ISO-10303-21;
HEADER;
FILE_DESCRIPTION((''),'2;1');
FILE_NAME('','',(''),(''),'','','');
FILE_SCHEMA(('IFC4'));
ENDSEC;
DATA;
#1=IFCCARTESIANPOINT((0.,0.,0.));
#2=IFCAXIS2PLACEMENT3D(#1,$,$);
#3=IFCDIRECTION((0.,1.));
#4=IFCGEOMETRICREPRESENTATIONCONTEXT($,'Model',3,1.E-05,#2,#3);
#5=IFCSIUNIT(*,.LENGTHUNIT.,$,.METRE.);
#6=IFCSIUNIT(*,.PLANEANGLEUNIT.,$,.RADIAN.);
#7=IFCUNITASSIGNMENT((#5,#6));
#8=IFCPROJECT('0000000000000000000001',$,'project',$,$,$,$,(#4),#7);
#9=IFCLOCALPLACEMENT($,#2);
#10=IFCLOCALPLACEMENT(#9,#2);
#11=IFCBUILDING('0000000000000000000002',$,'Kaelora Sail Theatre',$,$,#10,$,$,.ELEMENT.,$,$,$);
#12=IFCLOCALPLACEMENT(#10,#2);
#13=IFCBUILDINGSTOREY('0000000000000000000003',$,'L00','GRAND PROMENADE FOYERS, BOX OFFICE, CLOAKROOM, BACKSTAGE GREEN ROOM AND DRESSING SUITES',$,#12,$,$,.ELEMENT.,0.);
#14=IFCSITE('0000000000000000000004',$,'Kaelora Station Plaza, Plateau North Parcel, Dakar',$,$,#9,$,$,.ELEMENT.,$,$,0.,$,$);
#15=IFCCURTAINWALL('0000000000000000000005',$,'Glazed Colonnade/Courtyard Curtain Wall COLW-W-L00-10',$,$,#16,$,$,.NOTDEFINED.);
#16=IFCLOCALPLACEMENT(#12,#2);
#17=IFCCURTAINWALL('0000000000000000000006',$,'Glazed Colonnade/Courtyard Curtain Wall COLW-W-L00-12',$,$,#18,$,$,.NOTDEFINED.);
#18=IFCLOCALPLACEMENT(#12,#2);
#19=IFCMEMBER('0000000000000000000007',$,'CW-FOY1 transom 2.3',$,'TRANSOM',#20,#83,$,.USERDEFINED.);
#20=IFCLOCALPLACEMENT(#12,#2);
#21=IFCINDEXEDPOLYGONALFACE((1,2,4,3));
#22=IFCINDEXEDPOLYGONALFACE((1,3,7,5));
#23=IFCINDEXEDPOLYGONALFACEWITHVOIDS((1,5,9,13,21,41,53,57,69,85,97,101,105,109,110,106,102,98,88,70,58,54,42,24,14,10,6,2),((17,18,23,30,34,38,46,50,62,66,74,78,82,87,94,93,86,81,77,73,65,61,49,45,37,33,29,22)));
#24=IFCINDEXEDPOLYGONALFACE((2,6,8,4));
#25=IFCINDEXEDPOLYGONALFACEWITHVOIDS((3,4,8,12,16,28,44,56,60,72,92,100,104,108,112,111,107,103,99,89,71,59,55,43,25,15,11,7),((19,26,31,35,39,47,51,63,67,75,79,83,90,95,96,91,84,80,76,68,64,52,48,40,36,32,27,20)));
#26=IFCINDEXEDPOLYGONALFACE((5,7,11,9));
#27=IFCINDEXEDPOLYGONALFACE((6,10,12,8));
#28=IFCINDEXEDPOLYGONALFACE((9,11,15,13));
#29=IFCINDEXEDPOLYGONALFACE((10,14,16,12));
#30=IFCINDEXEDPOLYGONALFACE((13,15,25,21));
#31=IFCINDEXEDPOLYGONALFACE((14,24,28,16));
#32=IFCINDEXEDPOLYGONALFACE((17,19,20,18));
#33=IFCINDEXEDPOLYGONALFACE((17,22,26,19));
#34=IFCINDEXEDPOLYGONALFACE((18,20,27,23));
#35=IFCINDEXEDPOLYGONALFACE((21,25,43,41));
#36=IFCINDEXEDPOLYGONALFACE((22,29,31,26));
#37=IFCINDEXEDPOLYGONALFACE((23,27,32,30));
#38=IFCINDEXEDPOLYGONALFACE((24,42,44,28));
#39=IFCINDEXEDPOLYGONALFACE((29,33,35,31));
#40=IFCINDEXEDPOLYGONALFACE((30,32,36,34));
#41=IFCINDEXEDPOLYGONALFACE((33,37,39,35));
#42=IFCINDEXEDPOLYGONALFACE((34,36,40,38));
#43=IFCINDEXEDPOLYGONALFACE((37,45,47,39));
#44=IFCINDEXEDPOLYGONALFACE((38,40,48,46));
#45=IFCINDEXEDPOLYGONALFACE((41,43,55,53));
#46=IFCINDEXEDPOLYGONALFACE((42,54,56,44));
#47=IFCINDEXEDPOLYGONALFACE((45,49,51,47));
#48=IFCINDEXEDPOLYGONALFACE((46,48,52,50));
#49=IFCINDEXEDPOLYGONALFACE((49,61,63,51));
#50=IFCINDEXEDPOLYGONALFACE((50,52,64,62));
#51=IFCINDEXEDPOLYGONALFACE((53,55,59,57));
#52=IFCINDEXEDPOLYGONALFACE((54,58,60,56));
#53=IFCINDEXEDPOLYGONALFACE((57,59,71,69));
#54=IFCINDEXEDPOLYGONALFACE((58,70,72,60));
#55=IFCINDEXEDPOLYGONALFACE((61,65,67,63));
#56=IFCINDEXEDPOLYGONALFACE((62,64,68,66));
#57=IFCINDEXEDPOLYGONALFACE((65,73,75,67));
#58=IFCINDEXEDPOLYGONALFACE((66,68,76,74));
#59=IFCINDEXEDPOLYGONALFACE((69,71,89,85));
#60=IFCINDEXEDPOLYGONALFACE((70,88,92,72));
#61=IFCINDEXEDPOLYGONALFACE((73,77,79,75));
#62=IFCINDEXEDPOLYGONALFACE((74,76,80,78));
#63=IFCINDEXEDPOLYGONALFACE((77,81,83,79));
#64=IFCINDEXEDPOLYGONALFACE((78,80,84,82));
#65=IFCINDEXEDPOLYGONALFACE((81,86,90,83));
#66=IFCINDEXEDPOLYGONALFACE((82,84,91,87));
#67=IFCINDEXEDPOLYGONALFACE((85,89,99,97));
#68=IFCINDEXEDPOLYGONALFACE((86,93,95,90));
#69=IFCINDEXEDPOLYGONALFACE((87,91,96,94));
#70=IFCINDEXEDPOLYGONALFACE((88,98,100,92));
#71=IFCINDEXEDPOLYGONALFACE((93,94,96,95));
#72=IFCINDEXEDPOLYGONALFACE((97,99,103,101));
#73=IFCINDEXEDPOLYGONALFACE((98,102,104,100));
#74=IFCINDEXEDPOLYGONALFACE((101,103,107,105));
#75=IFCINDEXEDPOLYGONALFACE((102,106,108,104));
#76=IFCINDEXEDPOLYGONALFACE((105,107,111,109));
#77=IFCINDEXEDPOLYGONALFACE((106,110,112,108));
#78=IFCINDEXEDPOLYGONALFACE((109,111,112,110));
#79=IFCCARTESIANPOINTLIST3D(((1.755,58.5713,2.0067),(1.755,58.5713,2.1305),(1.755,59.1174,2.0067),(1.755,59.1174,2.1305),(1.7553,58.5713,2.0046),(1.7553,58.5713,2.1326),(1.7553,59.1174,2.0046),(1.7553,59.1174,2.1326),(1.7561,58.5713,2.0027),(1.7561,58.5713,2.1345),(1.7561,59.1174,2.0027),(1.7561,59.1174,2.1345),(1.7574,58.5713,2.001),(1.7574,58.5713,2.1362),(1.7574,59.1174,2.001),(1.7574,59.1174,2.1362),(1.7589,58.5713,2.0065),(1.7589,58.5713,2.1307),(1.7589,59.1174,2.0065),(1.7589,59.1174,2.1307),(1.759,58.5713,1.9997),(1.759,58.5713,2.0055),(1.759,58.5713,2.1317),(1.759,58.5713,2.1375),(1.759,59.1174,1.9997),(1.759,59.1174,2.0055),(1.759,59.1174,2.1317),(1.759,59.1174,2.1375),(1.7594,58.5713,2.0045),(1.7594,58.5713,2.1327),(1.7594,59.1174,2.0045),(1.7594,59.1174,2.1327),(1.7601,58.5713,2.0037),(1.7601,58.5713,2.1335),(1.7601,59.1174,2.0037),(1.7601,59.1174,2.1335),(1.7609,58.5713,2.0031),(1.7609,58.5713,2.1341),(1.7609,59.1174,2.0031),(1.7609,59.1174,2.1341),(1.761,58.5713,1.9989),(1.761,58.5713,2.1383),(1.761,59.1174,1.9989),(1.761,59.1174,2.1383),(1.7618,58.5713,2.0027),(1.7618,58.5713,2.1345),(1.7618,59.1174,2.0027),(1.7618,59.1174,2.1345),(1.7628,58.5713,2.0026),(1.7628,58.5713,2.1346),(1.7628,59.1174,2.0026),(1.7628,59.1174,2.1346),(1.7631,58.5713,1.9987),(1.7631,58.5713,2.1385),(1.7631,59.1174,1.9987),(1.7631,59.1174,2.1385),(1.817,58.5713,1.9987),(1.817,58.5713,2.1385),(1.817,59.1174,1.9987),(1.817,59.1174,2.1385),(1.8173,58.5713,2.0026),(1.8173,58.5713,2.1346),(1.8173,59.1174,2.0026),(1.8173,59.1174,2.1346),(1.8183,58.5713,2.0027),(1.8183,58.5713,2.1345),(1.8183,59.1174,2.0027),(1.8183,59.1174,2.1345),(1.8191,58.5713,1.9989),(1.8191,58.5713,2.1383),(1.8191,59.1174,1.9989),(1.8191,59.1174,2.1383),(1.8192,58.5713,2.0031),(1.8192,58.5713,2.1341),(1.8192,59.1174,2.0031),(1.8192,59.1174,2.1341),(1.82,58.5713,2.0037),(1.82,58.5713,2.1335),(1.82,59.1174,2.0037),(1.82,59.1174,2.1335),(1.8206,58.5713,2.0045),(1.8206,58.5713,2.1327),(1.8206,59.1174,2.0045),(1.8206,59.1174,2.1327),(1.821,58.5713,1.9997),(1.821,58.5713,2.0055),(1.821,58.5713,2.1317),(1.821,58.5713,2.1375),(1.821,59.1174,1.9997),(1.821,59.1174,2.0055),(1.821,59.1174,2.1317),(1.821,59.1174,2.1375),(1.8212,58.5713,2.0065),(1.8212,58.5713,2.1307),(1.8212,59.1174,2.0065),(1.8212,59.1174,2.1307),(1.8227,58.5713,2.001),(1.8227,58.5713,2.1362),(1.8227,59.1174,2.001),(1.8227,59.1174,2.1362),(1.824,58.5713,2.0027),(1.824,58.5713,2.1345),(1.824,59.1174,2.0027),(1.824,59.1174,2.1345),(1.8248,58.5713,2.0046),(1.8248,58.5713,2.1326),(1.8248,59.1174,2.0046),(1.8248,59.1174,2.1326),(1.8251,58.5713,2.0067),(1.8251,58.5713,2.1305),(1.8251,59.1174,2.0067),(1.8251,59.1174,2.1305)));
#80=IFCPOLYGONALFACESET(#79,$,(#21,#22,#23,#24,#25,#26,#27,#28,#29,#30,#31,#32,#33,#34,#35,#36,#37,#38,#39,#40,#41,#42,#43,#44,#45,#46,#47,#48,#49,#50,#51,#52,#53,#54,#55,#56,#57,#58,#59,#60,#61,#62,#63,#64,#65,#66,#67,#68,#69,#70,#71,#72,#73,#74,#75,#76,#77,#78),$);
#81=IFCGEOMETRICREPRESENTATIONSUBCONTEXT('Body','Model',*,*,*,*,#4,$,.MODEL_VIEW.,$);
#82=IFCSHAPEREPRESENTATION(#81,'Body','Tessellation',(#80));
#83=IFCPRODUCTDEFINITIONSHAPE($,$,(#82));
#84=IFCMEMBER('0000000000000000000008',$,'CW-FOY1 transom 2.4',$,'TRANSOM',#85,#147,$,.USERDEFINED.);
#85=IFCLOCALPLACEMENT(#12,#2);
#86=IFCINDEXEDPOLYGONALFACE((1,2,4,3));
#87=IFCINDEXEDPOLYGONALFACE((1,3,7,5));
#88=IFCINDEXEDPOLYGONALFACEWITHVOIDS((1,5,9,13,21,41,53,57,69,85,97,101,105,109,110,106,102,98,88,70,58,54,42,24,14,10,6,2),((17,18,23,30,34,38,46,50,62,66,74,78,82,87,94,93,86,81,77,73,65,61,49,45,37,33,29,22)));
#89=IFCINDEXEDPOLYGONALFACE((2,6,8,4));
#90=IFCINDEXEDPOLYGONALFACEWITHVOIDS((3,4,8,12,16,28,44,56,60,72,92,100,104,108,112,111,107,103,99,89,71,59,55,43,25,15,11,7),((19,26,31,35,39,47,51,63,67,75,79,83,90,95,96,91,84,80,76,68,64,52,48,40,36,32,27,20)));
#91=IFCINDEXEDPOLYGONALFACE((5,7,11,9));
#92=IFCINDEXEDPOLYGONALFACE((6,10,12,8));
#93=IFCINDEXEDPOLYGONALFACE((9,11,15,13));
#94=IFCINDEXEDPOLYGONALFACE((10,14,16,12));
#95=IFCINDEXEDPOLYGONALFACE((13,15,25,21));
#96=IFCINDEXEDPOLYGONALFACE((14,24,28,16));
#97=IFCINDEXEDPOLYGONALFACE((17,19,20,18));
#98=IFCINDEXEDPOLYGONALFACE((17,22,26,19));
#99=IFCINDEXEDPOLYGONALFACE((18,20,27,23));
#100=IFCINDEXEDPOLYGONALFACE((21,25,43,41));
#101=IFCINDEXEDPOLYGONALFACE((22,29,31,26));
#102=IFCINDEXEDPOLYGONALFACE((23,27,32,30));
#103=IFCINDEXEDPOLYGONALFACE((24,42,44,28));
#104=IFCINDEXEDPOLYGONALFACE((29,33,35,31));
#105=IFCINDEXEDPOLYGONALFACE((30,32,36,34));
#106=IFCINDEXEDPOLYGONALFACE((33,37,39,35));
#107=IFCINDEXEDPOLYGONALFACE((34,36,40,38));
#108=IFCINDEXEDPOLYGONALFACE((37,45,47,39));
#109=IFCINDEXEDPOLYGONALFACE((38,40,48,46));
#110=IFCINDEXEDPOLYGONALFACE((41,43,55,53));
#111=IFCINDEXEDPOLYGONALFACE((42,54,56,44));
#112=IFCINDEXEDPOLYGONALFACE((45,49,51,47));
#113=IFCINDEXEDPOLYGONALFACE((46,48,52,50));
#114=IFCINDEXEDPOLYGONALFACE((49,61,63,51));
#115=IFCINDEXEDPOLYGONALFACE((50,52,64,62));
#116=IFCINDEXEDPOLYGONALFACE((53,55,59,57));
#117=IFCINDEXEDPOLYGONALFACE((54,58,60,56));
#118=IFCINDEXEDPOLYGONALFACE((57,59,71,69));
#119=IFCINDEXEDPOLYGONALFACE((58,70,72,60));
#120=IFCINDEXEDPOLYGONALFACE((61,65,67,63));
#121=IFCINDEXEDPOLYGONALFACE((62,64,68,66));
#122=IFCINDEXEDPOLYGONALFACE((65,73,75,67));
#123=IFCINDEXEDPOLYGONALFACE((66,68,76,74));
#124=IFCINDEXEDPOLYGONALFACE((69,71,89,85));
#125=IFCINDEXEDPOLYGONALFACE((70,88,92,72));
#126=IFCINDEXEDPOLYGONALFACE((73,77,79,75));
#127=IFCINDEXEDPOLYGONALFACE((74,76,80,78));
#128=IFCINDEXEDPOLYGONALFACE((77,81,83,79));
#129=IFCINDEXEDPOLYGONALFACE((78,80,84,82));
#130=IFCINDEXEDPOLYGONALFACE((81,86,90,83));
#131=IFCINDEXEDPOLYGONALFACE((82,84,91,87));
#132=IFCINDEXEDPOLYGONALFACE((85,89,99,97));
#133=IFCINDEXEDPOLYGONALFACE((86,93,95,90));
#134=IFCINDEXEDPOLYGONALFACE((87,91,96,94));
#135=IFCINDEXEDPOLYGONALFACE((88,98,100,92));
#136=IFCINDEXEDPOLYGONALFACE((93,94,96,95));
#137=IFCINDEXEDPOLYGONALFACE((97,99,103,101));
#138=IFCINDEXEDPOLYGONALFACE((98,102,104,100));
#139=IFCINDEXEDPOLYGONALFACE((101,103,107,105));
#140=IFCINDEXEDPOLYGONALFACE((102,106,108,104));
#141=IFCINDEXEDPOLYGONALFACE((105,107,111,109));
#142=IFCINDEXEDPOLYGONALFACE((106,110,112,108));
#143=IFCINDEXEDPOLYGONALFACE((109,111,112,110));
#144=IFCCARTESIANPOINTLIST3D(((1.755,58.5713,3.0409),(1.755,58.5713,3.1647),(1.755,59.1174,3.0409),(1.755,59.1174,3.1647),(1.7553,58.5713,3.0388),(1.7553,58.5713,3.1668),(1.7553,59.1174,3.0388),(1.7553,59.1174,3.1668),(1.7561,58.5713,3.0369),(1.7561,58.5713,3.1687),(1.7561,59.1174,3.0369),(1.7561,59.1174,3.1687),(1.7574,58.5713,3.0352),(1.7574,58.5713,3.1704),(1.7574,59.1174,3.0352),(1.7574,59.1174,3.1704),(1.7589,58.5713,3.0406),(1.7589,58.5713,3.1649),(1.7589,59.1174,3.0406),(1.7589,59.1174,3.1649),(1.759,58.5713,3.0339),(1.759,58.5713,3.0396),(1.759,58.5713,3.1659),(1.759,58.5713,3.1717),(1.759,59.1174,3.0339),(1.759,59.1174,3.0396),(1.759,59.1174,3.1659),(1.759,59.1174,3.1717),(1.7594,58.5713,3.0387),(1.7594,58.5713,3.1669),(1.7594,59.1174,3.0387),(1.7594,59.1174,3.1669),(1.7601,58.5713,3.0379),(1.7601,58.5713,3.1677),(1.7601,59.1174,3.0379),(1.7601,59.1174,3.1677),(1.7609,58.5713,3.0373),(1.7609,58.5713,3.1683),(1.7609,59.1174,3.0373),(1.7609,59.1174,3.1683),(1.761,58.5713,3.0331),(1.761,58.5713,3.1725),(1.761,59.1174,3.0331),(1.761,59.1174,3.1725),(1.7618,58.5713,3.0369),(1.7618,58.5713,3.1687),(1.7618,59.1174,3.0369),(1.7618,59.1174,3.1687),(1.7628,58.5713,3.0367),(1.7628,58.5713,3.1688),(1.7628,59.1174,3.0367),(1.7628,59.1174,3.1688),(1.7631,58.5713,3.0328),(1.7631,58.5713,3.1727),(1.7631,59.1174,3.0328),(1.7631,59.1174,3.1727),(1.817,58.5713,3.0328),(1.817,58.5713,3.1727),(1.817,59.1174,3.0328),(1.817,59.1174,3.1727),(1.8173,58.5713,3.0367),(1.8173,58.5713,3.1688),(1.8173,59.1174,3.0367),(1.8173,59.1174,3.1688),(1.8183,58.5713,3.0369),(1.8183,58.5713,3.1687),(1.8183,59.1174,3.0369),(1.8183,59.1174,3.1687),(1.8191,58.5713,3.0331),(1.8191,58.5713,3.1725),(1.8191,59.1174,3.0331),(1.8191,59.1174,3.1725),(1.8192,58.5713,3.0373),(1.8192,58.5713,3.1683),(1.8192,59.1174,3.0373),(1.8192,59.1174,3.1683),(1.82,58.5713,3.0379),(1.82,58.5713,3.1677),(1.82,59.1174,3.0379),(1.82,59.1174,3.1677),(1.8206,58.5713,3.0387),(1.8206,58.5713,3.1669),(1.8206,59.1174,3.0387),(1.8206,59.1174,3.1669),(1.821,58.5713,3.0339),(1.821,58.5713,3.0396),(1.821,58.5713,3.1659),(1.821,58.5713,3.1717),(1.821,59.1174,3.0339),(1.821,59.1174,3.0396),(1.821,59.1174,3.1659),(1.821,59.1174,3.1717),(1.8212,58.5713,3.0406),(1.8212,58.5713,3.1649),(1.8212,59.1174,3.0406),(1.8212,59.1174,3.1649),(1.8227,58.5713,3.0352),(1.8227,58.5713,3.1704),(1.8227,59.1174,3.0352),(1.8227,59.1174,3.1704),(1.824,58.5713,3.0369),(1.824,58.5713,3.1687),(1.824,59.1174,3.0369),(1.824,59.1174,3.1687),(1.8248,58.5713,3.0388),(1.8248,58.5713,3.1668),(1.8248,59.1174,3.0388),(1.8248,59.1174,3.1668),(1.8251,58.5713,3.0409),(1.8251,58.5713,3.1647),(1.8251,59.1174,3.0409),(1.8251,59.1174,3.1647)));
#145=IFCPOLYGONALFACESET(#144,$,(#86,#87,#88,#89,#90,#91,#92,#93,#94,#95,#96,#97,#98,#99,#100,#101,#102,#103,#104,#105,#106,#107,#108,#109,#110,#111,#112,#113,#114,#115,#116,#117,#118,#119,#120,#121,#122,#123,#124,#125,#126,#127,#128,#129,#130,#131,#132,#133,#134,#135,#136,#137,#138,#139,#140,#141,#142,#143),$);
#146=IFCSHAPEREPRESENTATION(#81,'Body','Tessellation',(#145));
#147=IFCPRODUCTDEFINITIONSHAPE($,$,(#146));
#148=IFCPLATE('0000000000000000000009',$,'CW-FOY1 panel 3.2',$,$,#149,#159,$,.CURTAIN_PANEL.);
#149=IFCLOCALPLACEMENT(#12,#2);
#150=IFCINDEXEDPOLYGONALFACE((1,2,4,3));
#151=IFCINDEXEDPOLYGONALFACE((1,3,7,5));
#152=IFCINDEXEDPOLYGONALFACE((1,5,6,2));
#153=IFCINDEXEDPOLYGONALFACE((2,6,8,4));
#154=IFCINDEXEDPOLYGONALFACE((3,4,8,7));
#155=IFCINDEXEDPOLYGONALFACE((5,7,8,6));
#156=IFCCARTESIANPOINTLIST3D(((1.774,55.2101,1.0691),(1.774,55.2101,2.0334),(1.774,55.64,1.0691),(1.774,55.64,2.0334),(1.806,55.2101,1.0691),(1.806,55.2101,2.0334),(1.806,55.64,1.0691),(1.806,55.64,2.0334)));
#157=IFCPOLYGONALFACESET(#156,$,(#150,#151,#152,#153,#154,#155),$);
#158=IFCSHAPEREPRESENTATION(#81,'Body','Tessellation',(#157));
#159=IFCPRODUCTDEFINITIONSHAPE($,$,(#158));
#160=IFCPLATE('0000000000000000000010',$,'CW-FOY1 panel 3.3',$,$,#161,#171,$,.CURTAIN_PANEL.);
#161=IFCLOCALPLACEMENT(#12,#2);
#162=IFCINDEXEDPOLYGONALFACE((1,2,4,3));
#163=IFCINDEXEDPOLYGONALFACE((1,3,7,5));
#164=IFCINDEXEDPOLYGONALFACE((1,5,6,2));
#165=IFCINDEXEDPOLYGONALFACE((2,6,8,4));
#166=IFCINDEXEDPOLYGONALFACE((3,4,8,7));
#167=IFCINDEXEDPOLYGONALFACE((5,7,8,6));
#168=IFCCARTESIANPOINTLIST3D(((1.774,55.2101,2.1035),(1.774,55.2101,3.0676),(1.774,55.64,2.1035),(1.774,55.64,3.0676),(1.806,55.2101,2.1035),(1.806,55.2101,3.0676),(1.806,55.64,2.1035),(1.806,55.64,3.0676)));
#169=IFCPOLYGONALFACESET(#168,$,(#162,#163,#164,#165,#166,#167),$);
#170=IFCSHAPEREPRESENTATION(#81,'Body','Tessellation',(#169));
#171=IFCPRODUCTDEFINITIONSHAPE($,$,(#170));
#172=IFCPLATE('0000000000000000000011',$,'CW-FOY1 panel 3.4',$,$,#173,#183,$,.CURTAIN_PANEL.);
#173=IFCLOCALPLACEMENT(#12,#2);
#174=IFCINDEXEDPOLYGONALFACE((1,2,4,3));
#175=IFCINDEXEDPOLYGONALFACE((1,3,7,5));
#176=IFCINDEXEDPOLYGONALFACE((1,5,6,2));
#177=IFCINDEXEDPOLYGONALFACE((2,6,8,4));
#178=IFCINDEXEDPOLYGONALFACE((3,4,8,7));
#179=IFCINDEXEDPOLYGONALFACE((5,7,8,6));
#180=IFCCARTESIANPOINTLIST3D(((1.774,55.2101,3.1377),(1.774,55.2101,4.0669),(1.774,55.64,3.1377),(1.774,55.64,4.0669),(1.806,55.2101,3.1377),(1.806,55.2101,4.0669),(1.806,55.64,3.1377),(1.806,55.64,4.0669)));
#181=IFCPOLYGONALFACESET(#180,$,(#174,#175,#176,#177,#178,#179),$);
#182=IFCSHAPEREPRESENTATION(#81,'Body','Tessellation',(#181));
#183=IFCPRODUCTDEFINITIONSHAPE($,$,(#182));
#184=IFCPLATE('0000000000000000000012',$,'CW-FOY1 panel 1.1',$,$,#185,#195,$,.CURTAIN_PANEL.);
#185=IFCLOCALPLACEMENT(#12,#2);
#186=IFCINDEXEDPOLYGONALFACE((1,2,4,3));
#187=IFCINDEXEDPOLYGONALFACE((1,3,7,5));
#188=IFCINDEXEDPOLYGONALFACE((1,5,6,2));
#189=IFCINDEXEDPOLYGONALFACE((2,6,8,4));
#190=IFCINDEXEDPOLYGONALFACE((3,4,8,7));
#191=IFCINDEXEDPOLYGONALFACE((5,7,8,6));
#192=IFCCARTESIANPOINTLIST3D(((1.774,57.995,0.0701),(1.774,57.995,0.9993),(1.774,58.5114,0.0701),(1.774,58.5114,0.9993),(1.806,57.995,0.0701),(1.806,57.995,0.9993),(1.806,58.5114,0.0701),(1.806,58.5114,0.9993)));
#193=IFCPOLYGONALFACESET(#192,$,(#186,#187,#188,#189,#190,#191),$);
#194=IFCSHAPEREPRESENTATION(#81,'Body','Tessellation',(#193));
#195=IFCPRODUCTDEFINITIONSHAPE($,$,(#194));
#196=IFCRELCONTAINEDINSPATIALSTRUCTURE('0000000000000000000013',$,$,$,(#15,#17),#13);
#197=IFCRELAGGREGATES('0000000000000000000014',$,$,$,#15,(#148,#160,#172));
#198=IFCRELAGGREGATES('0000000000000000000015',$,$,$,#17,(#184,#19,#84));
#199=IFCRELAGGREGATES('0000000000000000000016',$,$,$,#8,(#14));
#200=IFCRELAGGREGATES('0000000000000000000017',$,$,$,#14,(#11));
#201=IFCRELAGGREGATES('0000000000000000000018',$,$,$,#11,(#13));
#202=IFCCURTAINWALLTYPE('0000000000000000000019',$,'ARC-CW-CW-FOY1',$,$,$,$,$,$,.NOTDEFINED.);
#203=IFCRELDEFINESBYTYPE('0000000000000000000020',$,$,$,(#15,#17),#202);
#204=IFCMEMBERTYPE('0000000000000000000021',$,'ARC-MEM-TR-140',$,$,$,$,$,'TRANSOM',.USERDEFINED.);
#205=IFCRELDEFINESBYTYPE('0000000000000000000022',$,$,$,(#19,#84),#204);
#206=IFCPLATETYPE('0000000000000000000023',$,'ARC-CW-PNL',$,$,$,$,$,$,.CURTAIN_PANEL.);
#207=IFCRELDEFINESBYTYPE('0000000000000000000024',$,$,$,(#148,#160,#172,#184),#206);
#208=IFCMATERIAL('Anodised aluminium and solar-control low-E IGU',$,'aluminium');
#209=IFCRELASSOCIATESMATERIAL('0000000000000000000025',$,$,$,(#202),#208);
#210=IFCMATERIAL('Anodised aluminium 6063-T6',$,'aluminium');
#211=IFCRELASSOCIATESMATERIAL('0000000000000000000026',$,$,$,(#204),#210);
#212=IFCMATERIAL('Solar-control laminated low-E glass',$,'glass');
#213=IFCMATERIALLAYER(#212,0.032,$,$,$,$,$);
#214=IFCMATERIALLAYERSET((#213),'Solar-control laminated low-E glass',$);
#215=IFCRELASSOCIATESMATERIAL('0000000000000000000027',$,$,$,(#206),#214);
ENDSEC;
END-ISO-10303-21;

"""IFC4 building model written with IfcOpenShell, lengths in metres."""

from ifc_helpers import new_model, si_unit, direction, frame, origin, origin_2d, place, context, subcontext, project, spatial, rectangle, hollow_rectangle, extrude, material, layer, layer_set, material_profile, profile_set, type_object, element, aggregate, save


model = new_model("IFC4")

# Units and contexts
model_context = context("Model", 3, precision=1e-05, world=origin(), true_north=direction((0.0, 1.0)))
body_context = subcontext(model_context, "Body", "Model", "MODEL_VIEW")
ifc_project = project(units=[si_unit("LENGTHUNIT", "METRE"), si_unit("PLANEANGLEUNIT", "RADIAN")], contexts=[model_context])

# Site, building, storey
site_placement = place(None, origin())
site = spatial("IfcSite", under=ifc_project, at=site_placement, Name="Kaelora Station Plaza, Plateau North Parcel, Dakar", CompositionType="ELEMENT", RefElevation=0.0)
building_placement = place(site_placement, origin())
building = spatial("IfcBuilding", under=site, at=building_placement, Name="Kaelora Sail Theatre", CompositionType="ELEMENT")
storey_placement = place(building_placement, origin())
storey = spatial("IfcBuildingStorey", under=building, at=storey_placement, Name="L00", Description="GRAND PROMENADE FOYERS, BOX OFFICE, CLOAKROOM, BACKSTAGE GREEN ROOM AND DRESSING SUITES", CompositionType="ELEMENT", Elevation=0.0)

# Curtain wall
ifc_material_1 = material(Name="Anodised aluminium and solar-control low-E IGU", Category="aluminium")
curtain_wall_type = type_object("IfcCurtainWallType", Name="ARC-CW-CW-FOY1", PredefinedType="NOTDEFINED", material=ifc_material_1)
curtain_wall_1_placement = place(storey_placement, origin())
curtain_wall_1 = element("IfcCurtainWall", 1, at=curtain_wall_1_placement, inside=storey, type_object=curtain_wall_type, Name="Glazed Colonnade/Courtyard Curtain Wall COLW-W-L00-10", PredefinedType="NOTDEFINED")

# Curtain wall, members
curtain_wall_2_placement = place(storey_placement, origin())
curtain_wall_2 = element("IfcCurtainWall", 2, at=curtain_wall_2_placement, inside=storey, type_object=curtain_wall_type, Name="Glazed Colonnade/Courtyard Curtain Wall COLW-W-L00-12", PredefinedType="NOTDEFINED")
ifc_material_2 = material(Name="Anodised aluminium 6063-T6", Category="aluminium")
ifc_material_profile_1 = material_profile(ifc_material_2, hollow_rectangle(XDim=0.0701, YDim=0.1399, WallThickness=0.0039, InnerFilletRadius=0.0039, OuterFilletRadius=0.0081, at=origin_2d()), Name="ALU-TRAN 70x140x4")
ifc_profile_set_1 = profile_set([ifc_material_profile_1], Name="Anodised aluminium 6063-T6")
member_type_1 = type_object("IfcMemberType", Name="ARC-MEM-TR-140", ElementType="TRANSOM", PredefinedType="USERDEFINED", material=ifc_profile_set_1)
member_1_placement = place(storey_placement, frame((1.79, 58.5713, 2.0686), z_axis=(0.0, 1.0, 0.0), x_axis=(-1.0, 0.0, 0.0)))
member_1 = element("IfcMember", 3, at=member_1_placement, type_object=member_type_1, Name="CW-FOY1 transom 2.3", ObjectType="TRANSOM", PredefinedType="USERDEFINED", context=body_context, shape_type="SweptSolid", body=[
    extrude(hollow_rectangle(XDim=0.0701, YDim=0.1399, WallThickness=0.0039, InnerFilletRadius=0.0039, OuterFilletRadius=0.0081, at=origin_2d()), origin(), (0.0, 0.0, 1.0), 0.5461),
])
member_2_placement = place(storey_placement, frame((1.79, 58.5713, 3.1028), z_axis=(0.0, 1.0, 0.0), x_axis=(-1.0, 0.0, 0.0)))
member_2 = element("IfcMember", 4, at=member_2_placement, type_object=member_type_1, Name="CW-FOY1 transom 2.4", ObjectType="TRANSOM", PredefinedType="USERDEFINED", context=body_context, shape_type="SweptSolid", body=[
    extrude(hollow_rectangle(XDim=0.0701, YDim=0.1399, WallThickness=0.0039, InnerFilletRadius=0.0039, OuterFilletRadius=0.0081, at=origin_2d()), origin(), (0.0, 0.0, 1.0), 0.5461),
])

# Plates
ifc_material_3 = material(Name="Solar-control laminated low-E glass", Category="glass")
ifc_layer = layer(ifc_material_3, 0.032)
ifc_layer_set = layer_set([ifc_layer], Name="Solar-control laminated low-E glass")
plate_type = type_object("IfcPlateType", Name="ARC-CW-PNL", PredefinedType="CURTAIN_PANEL", material=ifc_layer_set)
plate_1_placement = place(storey_placement, frame((1.79, 55.425, 1.0691), z_axis=(0.0, 0.0, 1.0), x_axis=(0.0, 1.0, 0.0)))
plate_1 = element("IfcPlate", 5, at=plate_1_placement, type_object=plate_type, Name="CW-FOY1 panel 3.2", PredefinedType="CURTAIN_PANEL", context=body_context, shape_type="SweptSolid", body=[
    extrude(rectangle(XDim=0.4299, YDim=0.032, at=origin_2d()), origin(), (0.0, 0.0, 1.0), 0.9644),
])
plate_2_placement = place(storey_placement, frame((1.79, 55.425, 2.1035), z_axis=(0.0, 0.0, 1.0), x_axis=(0.0, 1.0, 0.0)))
plate_2 = element("IfcPlate", 6, at=plate_2_placement, type_object=plate_type, Name="CW-FOY1 panel 3.3", PredefinedType="CURTAIN_PANEL", context=body_context, shape_type="SweptSolid", body=[
    extrude(rectangle(XDim=0.4299, YDim=0.032, at=origin_2d()), origin(), (0.0, 0.0, 1.0), 0.9641),
])
plate_3_placement = place(storey_placement, frame((1.79, 55.425, 3.1377), z_axis=(0.0, 0.0, 1.0), x_axis=(0.0, 1.0, 0.0)))
plate_3 = element("IfcPlate", 7, at=plate_3_placement, type_object=plate_type, Name="CW-FOY1 panel 3.4", PredefinedType="CURTAIN_PANEL", context=body_context, shape_type="SweptSolid", body=[
    extrude(rectangle(XDim=0.4299, YDim=0.032, at=origin_2d()), origin(), (0.0, 0.0, 1.0), 0.9292),
])
aggregate(curtain_wall_1, [plate_1, plate_2, plate_3])
plate_4_placement = place(storey_placement, frame((1.79, 58.2532, 0.0701), z_axis=(0.0, 0.0, 1.0), x_axis=(0.0, 1.0, 0.0)))
plate_4 = element("IfcPlate", 8, at=plate_4_placement, type_object=plate_type, Name="CW-FOY1 panel 1.1", PredefinedType="CURTAIN_PANEL", context=body_context, shape_type="SweptSolid", body=[
    extrude(rectangle(XDim=0.5164, YDim=0.032, at=origin_2d()), origin(), (0.0, 0.0, 1.0), 0.9292),
])
aggregate(curtain_wall_2, [plate_4, member_1, member_2])

save(model, "model.ifc")
